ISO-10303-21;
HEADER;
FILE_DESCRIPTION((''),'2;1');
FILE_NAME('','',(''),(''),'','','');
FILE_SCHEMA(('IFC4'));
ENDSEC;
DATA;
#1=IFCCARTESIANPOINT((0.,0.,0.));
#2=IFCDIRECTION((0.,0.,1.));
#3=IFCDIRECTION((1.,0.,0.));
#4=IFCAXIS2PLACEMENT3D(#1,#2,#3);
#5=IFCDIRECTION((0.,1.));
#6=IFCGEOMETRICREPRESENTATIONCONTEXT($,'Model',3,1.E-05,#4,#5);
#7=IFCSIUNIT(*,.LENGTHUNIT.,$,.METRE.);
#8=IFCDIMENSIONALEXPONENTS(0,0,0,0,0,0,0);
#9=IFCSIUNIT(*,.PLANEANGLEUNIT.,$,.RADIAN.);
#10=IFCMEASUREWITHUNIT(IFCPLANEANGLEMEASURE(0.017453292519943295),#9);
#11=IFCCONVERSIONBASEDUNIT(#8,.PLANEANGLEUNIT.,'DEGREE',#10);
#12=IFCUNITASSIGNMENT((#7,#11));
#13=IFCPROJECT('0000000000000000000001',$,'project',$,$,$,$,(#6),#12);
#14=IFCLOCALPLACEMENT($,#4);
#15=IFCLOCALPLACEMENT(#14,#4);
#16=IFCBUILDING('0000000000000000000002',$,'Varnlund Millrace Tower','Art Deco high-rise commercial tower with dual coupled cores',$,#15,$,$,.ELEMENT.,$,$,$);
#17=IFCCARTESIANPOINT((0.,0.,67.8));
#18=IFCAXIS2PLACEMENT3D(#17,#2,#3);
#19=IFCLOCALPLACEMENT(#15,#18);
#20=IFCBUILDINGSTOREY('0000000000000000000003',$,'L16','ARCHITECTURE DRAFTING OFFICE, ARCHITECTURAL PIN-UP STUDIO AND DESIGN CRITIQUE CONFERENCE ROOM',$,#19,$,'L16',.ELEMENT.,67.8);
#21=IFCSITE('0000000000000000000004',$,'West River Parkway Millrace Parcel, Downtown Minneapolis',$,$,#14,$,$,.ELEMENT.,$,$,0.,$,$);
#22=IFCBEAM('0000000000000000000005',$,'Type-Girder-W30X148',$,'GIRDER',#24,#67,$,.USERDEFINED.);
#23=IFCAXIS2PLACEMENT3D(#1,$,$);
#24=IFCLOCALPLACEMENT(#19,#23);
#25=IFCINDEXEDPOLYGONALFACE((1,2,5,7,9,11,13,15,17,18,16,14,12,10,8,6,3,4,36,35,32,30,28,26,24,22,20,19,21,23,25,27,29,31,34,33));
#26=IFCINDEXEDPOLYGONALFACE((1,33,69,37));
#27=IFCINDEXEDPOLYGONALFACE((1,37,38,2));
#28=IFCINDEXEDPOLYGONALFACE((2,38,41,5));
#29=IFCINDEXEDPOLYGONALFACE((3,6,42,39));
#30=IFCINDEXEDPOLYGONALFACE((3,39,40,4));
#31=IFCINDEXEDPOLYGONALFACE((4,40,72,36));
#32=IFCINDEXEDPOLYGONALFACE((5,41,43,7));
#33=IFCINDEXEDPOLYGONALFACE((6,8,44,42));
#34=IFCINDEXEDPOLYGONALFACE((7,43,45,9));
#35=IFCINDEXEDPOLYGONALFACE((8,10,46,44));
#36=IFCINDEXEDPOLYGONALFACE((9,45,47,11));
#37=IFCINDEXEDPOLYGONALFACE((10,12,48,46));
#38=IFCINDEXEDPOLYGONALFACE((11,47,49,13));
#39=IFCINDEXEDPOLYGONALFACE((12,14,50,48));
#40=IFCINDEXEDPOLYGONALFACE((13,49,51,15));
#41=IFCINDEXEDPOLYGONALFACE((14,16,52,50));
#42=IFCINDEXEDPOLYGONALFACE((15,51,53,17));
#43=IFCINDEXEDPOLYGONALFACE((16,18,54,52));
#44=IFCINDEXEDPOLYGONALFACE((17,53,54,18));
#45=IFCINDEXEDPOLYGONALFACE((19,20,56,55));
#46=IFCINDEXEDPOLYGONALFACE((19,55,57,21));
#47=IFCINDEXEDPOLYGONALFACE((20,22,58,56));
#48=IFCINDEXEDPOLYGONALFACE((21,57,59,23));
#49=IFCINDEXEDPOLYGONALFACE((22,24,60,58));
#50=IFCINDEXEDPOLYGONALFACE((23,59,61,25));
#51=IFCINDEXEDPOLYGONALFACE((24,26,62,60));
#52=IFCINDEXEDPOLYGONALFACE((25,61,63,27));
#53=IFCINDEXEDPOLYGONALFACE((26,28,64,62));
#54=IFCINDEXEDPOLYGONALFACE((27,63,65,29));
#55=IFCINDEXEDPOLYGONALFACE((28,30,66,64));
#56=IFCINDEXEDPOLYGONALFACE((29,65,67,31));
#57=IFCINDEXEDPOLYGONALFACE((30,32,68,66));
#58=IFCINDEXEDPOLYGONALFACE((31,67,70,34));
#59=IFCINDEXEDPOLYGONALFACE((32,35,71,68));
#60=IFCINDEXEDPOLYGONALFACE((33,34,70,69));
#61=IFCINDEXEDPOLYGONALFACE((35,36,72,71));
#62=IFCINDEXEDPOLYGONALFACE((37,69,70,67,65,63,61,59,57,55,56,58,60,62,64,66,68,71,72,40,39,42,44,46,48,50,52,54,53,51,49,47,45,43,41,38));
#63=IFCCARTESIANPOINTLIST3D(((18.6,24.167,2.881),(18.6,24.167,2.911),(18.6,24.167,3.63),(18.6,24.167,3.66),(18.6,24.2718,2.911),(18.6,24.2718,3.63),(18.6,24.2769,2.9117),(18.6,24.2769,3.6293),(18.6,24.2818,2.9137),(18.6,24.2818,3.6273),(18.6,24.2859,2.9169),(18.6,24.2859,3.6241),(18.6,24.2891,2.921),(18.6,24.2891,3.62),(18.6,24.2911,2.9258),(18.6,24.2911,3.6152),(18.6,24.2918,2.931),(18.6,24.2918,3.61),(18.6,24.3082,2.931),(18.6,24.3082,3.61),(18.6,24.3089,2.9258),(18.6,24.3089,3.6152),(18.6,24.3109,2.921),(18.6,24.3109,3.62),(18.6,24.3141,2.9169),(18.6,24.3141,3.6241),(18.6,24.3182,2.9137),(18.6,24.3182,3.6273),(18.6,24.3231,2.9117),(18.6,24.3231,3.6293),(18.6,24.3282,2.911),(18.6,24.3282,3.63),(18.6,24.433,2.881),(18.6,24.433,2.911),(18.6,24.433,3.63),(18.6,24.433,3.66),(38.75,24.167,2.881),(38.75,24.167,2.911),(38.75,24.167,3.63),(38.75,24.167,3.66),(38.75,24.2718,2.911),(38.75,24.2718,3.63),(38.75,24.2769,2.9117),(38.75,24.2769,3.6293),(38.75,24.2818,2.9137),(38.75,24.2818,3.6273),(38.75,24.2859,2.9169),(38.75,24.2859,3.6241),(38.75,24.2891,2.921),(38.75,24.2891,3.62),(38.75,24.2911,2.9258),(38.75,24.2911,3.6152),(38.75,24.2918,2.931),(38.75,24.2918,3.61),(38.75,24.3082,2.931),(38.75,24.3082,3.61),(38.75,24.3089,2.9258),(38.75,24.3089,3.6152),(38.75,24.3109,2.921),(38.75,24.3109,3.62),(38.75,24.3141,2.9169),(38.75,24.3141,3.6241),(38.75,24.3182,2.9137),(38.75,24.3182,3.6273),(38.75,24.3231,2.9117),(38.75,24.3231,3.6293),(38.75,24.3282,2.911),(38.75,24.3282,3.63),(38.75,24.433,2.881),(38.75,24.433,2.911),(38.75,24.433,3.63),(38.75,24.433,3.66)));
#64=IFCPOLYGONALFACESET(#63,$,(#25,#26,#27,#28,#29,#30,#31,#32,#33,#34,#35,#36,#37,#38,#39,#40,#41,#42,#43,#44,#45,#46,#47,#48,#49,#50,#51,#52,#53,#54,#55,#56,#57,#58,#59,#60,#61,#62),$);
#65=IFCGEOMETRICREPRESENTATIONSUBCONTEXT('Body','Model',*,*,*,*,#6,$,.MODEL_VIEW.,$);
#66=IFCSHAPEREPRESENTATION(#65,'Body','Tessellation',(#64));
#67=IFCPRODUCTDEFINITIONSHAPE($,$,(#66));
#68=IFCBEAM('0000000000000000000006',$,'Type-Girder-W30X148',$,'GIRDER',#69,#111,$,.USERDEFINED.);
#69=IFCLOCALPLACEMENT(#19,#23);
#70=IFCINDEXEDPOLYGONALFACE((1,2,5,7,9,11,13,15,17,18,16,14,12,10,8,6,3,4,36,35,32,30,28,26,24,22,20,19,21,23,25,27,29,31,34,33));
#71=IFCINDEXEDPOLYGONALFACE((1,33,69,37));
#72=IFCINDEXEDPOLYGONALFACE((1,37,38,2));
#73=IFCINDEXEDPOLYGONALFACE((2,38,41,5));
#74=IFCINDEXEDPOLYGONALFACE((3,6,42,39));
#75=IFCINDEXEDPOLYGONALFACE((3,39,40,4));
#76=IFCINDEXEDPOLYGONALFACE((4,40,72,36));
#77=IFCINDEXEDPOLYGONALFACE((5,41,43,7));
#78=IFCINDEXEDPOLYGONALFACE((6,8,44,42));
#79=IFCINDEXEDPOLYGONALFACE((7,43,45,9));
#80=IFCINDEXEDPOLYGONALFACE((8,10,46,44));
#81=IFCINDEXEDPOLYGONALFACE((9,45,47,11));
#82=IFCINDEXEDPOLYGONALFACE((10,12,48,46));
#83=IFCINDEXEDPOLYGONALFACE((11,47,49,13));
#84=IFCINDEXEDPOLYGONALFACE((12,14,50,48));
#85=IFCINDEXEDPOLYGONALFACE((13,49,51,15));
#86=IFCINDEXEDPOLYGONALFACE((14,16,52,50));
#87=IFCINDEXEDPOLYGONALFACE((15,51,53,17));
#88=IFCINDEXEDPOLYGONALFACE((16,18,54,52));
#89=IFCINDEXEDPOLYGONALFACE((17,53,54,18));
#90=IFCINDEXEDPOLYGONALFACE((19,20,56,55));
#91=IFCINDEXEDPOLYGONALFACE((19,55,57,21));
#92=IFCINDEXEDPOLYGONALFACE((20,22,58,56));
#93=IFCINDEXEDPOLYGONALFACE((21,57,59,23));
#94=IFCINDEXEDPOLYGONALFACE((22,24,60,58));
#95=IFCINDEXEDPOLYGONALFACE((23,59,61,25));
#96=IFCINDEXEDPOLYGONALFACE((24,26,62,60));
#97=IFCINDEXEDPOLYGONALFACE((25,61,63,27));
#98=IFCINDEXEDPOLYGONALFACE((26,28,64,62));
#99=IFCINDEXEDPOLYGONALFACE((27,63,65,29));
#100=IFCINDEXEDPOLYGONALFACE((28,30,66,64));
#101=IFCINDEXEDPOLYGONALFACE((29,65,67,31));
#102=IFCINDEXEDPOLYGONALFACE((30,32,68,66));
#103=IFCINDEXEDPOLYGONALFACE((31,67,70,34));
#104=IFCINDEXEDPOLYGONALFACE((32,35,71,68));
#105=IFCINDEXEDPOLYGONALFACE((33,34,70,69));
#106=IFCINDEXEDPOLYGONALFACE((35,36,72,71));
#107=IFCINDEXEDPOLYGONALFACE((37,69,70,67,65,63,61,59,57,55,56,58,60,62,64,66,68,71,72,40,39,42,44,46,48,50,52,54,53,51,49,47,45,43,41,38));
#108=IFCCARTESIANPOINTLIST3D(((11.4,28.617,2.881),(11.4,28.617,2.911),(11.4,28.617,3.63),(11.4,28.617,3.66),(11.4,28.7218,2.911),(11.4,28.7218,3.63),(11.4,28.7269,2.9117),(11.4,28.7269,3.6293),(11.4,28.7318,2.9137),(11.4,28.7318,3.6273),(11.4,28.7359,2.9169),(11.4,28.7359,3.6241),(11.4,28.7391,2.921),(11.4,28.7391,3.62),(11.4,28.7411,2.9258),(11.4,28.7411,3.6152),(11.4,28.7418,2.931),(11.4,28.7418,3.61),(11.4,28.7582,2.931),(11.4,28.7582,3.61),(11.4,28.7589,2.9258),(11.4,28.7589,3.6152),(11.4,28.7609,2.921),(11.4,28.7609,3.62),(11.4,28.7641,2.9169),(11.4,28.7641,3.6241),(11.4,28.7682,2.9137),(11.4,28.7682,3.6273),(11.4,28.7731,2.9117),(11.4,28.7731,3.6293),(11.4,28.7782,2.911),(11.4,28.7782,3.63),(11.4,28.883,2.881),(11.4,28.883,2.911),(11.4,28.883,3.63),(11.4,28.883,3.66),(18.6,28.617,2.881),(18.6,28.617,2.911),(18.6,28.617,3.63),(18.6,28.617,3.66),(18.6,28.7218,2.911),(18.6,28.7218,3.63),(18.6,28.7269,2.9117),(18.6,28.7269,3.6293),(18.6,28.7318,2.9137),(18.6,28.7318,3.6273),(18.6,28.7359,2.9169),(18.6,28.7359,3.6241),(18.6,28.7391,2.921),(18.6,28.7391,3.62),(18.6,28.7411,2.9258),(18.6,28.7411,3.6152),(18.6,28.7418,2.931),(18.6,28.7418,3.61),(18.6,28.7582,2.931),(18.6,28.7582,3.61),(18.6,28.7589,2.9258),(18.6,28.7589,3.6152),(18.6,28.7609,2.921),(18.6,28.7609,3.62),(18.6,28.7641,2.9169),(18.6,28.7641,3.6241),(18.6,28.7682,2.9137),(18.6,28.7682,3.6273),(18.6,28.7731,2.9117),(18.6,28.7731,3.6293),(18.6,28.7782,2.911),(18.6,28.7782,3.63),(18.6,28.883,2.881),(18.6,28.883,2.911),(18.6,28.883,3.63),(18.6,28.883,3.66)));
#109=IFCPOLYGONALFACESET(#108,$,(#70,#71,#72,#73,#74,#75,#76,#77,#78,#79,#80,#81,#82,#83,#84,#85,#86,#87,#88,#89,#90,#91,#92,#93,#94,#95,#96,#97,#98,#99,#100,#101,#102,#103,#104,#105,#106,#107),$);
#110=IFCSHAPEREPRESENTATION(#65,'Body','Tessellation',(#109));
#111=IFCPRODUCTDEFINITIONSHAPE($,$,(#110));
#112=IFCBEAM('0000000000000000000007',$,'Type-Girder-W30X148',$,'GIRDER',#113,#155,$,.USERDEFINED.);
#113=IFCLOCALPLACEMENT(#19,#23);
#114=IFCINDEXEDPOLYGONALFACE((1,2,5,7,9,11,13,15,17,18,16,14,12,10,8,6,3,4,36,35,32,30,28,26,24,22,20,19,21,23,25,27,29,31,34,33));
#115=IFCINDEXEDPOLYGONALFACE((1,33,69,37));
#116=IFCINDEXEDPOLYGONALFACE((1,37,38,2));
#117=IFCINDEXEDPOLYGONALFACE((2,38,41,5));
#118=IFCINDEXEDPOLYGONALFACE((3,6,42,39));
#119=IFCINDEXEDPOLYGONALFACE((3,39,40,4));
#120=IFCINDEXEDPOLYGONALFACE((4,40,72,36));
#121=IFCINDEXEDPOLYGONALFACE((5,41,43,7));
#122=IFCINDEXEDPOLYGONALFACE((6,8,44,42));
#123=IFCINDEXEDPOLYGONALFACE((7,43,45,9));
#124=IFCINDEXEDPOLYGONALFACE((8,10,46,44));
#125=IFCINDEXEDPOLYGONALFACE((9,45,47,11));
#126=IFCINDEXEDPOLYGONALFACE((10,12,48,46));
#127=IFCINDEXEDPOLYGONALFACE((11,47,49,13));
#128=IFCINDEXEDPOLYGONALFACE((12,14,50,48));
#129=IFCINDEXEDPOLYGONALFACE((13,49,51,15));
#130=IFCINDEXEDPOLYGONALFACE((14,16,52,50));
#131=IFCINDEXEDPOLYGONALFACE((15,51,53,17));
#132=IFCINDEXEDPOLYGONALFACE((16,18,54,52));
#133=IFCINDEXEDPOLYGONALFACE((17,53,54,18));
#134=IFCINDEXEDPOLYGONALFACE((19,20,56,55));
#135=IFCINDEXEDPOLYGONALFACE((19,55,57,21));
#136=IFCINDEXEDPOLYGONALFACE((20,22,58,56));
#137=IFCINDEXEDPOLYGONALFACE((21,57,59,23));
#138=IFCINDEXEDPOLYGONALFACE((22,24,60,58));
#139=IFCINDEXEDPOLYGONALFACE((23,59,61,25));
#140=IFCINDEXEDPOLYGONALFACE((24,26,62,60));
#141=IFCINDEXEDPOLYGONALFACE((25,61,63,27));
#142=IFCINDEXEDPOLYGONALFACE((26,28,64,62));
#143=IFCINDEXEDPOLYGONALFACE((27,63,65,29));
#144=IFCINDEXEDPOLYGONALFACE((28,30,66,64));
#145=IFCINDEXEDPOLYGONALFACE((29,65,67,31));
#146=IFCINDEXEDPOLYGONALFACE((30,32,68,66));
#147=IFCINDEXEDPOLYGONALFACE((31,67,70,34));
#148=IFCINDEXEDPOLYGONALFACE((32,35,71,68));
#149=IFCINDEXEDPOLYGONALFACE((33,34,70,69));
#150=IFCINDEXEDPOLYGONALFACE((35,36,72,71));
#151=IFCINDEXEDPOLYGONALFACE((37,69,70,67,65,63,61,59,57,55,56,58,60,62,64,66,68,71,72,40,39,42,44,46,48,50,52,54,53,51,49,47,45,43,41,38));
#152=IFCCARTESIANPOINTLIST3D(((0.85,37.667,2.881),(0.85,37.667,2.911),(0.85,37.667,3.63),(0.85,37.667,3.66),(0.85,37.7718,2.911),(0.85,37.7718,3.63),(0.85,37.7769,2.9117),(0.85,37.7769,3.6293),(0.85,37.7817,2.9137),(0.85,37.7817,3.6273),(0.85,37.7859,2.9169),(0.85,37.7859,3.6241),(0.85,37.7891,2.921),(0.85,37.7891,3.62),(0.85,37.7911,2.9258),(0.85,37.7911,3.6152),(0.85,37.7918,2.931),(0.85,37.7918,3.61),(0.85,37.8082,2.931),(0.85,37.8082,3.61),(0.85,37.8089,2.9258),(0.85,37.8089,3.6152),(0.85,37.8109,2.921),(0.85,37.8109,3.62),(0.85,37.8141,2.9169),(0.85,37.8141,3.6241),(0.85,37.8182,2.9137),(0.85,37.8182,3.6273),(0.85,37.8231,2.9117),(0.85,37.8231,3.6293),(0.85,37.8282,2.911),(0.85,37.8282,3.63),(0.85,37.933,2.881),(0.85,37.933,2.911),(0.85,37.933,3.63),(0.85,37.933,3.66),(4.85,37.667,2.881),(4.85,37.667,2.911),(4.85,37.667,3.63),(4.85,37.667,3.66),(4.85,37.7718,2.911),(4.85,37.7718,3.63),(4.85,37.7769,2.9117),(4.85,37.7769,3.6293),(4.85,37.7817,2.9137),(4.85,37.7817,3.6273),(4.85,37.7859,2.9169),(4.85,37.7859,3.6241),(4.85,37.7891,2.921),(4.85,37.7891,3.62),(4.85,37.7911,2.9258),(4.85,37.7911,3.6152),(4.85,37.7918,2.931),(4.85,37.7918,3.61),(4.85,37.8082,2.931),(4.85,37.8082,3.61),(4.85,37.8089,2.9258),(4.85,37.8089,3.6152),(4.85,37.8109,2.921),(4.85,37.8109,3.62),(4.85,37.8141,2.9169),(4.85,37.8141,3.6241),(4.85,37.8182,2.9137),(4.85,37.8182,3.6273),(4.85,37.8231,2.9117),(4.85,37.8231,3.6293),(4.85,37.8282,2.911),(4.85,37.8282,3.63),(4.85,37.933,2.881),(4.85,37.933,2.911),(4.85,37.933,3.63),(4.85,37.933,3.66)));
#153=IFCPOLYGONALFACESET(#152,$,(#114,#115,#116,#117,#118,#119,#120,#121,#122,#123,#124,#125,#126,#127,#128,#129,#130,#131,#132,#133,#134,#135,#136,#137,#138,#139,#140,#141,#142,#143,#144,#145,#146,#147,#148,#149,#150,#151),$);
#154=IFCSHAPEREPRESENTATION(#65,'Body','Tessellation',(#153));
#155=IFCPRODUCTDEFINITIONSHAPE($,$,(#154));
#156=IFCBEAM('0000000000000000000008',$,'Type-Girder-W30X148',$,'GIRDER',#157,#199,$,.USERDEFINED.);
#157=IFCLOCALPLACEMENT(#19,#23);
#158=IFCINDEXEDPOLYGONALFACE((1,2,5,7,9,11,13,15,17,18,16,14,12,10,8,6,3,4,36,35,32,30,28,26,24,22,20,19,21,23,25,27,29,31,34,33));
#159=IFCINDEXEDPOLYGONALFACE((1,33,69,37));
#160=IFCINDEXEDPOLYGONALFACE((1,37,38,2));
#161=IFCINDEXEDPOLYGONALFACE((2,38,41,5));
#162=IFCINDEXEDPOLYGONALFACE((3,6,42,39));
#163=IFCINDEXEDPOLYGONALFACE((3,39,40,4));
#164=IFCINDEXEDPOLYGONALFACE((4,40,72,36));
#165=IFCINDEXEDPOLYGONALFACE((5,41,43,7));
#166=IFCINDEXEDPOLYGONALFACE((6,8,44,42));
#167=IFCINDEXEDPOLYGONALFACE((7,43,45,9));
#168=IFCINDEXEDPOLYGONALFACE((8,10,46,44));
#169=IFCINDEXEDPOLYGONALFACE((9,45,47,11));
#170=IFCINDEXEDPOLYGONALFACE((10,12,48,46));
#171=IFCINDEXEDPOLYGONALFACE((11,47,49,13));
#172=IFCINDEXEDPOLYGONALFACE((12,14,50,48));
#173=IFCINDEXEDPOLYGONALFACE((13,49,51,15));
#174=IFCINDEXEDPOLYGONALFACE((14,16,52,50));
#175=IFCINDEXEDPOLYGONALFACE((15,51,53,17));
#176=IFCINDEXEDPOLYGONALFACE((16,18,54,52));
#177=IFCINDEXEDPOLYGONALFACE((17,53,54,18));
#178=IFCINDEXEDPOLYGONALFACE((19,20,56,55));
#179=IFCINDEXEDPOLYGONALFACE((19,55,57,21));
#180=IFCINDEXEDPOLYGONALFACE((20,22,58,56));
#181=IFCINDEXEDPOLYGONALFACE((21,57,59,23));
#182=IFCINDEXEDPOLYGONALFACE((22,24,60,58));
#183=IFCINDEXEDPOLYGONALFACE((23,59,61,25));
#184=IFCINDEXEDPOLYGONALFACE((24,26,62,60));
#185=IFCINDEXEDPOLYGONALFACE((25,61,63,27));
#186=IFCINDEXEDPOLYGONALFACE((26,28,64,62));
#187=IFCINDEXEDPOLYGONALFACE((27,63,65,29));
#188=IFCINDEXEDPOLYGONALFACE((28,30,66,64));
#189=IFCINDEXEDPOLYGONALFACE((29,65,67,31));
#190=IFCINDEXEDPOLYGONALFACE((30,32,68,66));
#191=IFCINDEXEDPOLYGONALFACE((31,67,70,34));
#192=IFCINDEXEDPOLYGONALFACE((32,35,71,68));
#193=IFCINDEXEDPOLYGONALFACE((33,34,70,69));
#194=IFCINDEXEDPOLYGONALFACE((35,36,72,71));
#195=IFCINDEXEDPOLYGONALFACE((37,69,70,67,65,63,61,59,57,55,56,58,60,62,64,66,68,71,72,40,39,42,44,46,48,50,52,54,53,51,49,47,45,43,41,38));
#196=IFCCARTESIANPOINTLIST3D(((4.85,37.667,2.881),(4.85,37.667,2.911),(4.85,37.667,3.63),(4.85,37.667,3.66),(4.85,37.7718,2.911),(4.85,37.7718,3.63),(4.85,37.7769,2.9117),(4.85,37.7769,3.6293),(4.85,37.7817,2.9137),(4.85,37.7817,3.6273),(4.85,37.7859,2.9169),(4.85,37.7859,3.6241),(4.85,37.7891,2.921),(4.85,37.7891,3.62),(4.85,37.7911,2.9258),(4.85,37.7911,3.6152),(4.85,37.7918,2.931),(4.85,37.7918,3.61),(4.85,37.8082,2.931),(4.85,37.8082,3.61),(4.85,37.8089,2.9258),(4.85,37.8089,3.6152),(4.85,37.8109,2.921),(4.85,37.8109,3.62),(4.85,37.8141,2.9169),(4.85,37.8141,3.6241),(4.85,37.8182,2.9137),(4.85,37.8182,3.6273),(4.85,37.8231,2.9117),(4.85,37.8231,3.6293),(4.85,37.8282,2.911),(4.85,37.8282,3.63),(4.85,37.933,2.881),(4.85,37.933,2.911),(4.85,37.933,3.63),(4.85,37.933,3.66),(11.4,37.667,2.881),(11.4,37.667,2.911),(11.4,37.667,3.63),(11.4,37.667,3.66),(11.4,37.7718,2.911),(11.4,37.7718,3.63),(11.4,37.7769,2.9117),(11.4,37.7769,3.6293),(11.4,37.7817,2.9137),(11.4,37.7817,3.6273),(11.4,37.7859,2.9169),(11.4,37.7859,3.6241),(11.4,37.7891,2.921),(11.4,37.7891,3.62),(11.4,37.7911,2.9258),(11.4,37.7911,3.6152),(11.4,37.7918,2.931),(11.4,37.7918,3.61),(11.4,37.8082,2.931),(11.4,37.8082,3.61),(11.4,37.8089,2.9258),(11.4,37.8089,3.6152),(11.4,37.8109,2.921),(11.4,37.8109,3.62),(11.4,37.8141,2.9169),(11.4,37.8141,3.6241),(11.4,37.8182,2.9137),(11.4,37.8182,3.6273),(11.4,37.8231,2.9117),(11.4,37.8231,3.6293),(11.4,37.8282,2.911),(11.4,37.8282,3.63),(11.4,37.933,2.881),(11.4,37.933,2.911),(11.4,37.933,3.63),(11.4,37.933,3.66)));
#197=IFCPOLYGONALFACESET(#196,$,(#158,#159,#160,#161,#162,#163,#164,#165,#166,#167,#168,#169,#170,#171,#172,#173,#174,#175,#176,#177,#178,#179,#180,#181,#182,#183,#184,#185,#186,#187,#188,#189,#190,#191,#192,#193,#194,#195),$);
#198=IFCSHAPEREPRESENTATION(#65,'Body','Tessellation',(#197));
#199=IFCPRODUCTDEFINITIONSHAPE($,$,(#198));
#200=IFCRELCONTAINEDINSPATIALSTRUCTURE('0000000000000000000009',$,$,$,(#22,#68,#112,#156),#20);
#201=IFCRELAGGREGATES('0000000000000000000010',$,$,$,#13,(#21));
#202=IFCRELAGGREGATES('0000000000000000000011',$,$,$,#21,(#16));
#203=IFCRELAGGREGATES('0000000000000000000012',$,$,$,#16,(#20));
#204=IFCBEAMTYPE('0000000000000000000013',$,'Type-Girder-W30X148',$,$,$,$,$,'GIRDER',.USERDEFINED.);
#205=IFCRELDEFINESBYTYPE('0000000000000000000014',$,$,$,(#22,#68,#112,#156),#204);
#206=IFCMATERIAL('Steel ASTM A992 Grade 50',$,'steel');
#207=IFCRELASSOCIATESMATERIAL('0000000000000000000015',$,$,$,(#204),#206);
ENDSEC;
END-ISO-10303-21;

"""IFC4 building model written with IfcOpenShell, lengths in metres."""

from ifc_helpers import new_model, entity, si_unit, converted_unit, direction, frame, origin_with_axes, origin_2d_with_axis, place, context, subcontext, project, spatial, i_section, extrude, material, material_profile, profile_set, type_object, element, save


model = new_model("IFC4")

# Units and contexts
model_context = context("Model", 3, precision=1e-05, world=origin_with_axes(), true_north=direction((0.0, 1.0)))
body_context = subcontext(model_context, "Body", "Model", "MODEL_VIEW")
ifc_project = project(units=[si_unit("LENGTHUNIT", "METRE"), converted_unit("PLANEANGLEUNIT", "DEGREE", entity("IfcPlaneAngleMeasure", 0.017453292519943295), si_unit("PLANEANGLEUNIT", "RADIAN"), dimensions=[0, 0, 0, 0, 0, 0, 0])], contexts=[model_context])

# Site, building, storey
site_placement = place(None, origin_with_axes())
site = spatial("IfcSite", under=ifc_project, at=site_placement, Name="West River Parkway Millrace Parcel, Downtown Minneapolis", CompositionType="ELEMENT", RefElevation=0.0)
building_placement = place(site_placement, origin_with_axes())
building = spatial("IfcBuilding", under=site, at=building_placement, Name="Varnlund Millrace Tower", Description="Art Deco high-rise commercial tower with dual coupled cores", CompositionType="ELEMENT")
storey_placement = place(building_placement, frame((0.0, 0.0, 67.8), z_axis=(0.0, 0.0, 1.0), x_axis=(1.0, 0.0, 0.0)))
storey = spatial("IfcBuildingStorey", under=building, at=storey_placement, Name="L16", Description="ARCHITECTURE DRAFTING OFFICE, ARCHITECTURAL PIN-UP STUDIO AND DESIGN CRITIQUE CONFERENCE ROOM", LongName="L16", CompositionType="ELEMENT", Elevation=67.8)

# Beams
ifc_material_1 = material(Name="Steel ASTM A992 Grade 50", Category="steel")
ifc_material_profile_1 = material_profile(ifc_material_1, i_section(OverallWidth=0.266, OverallDepth=0.779, WebThickness=0.0165, FlangeThickness=0.03, FilletRadius=0.02, at=origin_2d_with_axis()), Name="Steel ASTM A992 Grade 50")
ifc_profile_set_1 = profile_set([ifc_material_profile_1], Name="Steel ASTM A992 Grade 50")
beam_type_1 = type_object("IfcBeamType", Name="Type-Girder-W30X148", ElementType="GIRDER", PredefinedType="USERDEFINED", material=ifc_profile_set_1)
beam_1_placement = place(storey_placement, frame((18.6, 24.3, 3.2705), z_axis=(1.0, 0.0, 0.0), x_axis=(0.0, 1.0, 0.0)))
element("IfcBeam", 1, at=beam_1_placement, inside=storey, type_object=beam_type_1, Name="Type-Girder-W30X148", ObjectType="GIRDER", PredefinedType="USERDEFINED", context=body_context, shape_type="SweptSolid", body=[
    extrude(i_section(OverallWidth=0.266, OverallDepth=0.779, WebThickness=0.0165, FlangeThickness=0.03, FilletRadius=0.02, at=origin_2d_with_axis()), origin_with_axes(), (0.0, 0.0, 1.0), 20.15),
])
beam_2_placement = place(storey_placement, frame((11.4, 28.75, 3.2705), z_axis=(1.0, 0.0, 0.0), x_axis=(0.0, 1.0, 0.0)))
element("IfcBeam", 2, at=beam_2_placement, inside=storey, type_object=beam_type_1, Name="Type-Girder-W30X148", ObjectType="GIRDER", PredefinedType="USERDEFINED", context=body_context, shape_type="SweptSolid", body=[
    extrude(i_section(OverallWidth=0.266, OverallDepth=0.779, WebThickness=0.0165, FlangeThickness=0.03, FilletRadius=0.02, at=origin_2d_with_axis()), origin_with_axes(), (0.0, 0.0, 1.0), 7.2),
])
beam_3_placement = place(storey_placement, frame((0.85, 37.8, 3.2705), z_axis=(1.0, 0.0, 0.0), x_axis=(0.0, 1.0, 0.0)))
element("IfcBeam", 3, at=beam_3_placement, inside=storey, type_object=beam_type_1, Name="Type-Girder-W30X148", ObjectType="GIRDER", PredefinedType="USERDEFINED", context=body_context, shape_type="SweptSolid", body=[
    extrude(i_section(OverallWidth=0.266, OverallDepth=0.779, WebThickness=0.0165, FlangeThickness=0.03, FilletRadius=0.02, at=origin_2d_with_axis()), origin_with_axes(), (0.0, 0.0, 1.0), 4.0),
])
beam_4_placement = place(storey_placement, frame((4.85, 37.8, 3.2705), z_axis=(1.0, 0.0, 0.0), x_axis=(0.0, 1.0, 0.0)))
element("IfcBeam", 4, at=beam_4_placement, inside=storey, type_object=beam_type_1, Name="Type-Girder-W30X148", ObjectType="GIRDER", PredefinedType="USERDEFINED", context=body_context, shape_type="SweptSolid", body=[
    extrude(i_section(OverallWidth=0.266, OverallDepth=0.779, WebThickness=0.0165, FlangeThickness=0.03, FilletRadius=0.02, at=origin_2d_with_axis()), origin_with_axes(), (0.0, 0.0, 1.0), 6.55),
])

save(model, "model.ifc")
